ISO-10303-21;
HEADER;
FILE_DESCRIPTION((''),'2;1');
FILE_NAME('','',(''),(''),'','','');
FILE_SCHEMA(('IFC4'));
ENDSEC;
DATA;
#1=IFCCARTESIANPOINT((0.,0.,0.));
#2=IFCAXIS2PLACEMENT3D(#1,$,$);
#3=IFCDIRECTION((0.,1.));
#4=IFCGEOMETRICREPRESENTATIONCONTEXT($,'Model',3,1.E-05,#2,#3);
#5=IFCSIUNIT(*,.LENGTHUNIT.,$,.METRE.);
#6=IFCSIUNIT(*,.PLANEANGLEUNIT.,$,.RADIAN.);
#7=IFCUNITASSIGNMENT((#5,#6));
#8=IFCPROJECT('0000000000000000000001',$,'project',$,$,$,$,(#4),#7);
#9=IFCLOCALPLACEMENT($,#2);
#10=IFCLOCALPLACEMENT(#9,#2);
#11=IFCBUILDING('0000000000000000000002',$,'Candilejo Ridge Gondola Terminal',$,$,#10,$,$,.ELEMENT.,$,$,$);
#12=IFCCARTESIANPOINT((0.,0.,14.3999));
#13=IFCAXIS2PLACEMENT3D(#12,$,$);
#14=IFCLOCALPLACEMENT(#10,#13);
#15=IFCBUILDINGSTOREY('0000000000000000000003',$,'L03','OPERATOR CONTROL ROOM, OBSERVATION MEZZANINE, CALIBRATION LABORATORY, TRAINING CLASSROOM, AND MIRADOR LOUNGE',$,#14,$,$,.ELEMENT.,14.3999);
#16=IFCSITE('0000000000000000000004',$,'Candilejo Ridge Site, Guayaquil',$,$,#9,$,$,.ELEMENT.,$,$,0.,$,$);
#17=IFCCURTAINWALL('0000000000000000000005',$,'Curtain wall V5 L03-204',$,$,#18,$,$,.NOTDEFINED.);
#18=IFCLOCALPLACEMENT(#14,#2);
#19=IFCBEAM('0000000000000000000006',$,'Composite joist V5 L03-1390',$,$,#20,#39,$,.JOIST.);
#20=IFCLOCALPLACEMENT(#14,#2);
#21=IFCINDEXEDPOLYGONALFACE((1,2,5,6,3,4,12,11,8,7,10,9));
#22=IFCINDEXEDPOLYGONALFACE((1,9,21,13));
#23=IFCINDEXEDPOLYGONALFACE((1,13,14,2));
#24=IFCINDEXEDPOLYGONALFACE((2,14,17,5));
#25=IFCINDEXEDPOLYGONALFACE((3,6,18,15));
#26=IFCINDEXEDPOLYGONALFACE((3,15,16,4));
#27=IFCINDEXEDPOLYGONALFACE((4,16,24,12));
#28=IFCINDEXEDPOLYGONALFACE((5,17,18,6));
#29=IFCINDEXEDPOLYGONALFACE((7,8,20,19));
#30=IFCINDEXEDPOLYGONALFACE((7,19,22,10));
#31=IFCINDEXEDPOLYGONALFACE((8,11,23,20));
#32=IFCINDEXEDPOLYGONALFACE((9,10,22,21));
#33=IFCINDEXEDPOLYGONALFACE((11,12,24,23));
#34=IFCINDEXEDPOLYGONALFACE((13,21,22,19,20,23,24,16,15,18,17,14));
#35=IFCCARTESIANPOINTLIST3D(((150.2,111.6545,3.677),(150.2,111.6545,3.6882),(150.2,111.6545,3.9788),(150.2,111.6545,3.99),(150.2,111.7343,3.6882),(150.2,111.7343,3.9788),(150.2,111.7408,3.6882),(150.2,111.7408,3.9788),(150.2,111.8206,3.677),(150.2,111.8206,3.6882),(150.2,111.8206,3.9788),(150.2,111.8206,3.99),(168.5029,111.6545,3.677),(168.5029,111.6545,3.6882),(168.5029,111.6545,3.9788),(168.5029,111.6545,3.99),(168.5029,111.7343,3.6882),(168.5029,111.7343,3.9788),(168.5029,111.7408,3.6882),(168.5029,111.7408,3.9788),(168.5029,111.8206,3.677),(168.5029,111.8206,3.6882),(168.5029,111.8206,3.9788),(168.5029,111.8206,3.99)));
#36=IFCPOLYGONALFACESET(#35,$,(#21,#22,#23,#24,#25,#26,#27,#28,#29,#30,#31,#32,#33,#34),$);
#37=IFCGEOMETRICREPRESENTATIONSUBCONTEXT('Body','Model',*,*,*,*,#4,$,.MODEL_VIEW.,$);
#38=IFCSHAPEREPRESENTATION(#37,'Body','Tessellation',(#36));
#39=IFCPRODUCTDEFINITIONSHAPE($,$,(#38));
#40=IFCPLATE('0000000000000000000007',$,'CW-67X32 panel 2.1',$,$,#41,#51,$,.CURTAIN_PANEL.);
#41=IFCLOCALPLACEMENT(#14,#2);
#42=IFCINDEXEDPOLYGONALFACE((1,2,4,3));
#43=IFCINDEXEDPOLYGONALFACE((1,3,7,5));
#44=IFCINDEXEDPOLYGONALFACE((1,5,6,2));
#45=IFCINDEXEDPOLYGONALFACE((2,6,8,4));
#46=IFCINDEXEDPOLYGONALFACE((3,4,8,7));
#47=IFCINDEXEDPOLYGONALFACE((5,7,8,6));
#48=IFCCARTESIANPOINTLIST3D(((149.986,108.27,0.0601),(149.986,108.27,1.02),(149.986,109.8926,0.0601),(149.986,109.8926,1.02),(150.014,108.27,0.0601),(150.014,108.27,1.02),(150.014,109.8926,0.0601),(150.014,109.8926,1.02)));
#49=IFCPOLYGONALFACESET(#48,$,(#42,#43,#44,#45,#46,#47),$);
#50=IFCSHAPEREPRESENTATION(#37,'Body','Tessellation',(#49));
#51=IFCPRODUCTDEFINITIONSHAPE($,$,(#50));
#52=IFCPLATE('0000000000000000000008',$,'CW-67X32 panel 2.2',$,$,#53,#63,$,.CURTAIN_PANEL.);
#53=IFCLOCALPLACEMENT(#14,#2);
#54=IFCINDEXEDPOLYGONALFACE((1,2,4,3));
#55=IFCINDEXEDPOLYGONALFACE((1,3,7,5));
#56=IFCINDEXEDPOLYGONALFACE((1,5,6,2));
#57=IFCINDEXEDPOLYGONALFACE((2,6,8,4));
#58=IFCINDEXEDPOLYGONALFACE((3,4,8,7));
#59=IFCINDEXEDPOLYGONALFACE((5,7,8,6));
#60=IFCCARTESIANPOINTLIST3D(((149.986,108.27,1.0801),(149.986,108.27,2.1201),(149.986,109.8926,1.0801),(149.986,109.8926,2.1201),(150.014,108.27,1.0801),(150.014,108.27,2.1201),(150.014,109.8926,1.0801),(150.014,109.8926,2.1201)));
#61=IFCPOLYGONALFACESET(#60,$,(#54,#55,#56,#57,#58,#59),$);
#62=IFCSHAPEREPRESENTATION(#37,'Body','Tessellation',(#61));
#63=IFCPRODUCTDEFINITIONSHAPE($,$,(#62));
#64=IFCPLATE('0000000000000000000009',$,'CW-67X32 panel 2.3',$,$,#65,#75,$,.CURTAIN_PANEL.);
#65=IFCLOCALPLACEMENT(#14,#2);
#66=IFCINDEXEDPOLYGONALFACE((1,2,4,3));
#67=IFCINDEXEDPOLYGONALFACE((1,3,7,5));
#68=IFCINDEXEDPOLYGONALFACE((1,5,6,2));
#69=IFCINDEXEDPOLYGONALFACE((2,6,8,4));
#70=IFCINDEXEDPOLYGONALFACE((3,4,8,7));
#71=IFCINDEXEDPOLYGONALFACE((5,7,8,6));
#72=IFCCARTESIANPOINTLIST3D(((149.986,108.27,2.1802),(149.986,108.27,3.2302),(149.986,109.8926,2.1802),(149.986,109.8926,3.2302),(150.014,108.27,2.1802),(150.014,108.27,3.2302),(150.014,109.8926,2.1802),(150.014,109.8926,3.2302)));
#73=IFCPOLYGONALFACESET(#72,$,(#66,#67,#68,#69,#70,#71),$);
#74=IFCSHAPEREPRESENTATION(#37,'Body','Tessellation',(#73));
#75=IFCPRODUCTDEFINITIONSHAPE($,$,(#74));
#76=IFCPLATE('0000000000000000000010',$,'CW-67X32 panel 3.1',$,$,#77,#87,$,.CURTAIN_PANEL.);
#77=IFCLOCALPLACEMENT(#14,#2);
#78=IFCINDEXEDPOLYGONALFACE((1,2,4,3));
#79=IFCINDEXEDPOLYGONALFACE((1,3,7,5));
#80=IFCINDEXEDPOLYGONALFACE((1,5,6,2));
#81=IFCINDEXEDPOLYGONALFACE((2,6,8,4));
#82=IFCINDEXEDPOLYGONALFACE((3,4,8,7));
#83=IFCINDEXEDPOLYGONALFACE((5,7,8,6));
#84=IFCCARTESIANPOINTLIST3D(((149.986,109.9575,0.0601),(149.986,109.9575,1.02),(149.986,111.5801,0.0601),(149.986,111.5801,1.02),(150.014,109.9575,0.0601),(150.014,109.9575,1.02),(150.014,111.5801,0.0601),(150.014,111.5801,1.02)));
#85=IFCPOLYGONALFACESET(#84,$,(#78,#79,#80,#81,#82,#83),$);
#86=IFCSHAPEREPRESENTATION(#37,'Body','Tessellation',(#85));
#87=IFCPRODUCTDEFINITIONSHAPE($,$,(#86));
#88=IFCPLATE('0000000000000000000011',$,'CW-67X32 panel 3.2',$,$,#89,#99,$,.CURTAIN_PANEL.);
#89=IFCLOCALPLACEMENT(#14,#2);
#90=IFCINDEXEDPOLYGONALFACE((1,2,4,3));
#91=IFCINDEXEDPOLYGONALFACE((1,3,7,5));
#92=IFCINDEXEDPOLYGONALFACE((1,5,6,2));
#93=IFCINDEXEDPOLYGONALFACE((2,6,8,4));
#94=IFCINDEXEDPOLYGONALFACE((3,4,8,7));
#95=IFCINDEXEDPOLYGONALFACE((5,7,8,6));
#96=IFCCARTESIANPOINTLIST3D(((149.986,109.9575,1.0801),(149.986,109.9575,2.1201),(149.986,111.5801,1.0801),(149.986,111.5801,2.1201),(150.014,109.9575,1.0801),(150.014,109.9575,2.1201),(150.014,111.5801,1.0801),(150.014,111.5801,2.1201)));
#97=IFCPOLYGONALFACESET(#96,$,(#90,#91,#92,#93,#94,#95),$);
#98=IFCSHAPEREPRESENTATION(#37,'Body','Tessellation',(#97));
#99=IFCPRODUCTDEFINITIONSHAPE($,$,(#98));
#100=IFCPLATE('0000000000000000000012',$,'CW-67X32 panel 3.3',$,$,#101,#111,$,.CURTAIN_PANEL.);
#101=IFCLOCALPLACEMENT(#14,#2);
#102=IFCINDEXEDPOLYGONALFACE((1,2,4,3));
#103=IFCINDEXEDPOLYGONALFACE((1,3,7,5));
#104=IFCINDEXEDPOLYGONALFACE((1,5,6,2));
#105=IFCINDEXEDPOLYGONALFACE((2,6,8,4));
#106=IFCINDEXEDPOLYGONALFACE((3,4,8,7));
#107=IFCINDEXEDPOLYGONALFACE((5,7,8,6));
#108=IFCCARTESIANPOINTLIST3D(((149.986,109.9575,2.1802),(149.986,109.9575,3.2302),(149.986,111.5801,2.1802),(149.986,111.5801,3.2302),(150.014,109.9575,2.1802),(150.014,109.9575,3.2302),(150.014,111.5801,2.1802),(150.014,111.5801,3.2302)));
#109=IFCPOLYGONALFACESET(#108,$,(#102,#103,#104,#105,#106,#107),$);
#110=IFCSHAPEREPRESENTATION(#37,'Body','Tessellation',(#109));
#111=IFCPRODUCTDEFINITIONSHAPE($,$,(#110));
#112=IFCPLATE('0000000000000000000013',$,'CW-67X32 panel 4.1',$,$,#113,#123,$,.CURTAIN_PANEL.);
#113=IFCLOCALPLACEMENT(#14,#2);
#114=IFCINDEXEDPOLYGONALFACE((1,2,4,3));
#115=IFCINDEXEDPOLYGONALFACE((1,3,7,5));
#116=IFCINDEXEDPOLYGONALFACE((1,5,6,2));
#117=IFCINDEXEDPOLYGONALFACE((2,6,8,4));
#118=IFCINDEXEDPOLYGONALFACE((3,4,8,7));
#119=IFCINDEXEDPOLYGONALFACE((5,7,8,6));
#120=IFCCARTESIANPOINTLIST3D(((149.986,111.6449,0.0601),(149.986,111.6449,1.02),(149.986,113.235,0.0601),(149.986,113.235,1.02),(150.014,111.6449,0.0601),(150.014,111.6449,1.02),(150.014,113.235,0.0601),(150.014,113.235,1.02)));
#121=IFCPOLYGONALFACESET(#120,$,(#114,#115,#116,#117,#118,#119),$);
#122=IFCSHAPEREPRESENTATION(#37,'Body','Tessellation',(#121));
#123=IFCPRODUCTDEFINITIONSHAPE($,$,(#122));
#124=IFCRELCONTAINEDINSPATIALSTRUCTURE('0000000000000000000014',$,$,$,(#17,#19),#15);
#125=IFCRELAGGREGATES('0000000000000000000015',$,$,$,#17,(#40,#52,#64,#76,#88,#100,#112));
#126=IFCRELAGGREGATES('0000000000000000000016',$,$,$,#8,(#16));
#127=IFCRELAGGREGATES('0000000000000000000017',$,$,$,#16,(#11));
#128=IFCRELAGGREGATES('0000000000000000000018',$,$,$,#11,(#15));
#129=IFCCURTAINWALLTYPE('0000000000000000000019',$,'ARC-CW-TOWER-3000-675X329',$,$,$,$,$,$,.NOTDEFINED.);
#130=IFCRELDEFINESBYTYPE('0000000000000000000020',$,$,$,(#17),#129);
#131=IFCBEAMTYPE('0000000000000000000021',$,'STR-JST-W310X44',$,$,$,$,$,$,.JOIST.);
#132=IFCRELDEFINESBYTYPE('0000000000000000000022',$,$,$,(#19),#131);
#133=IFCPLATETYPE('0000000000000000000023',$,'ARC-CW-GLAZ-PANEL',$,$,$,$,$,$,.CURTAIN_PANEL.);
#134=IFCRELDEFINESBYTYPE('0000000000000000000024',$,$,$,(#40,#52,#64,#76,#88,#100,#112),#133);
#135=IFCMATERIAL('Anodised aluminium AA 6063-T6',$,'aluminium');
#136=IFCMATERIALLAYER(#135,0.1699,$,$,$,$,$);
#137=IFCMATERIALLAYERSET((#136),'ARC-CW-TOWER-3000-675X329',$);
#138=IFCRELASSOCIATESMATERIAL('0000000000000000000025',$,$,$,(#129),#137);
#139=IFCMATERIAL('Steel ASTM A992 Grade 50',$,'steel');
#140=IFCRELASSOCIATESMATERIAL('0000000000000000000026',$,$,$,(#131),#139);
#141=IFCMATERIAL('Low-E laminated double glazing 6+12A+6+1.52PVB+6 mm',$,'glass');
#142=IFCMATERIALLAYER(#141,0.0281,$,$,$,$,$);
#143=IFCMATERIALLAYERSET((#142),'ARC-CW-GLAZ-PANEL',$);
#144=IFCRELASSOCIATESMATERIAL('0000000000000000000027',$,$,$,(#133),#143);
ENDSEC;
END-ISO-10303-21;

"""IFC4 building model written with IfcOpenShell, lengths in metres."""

from ifc_helpers import new_model, si_unit, direction, frame, origin, origin_2d, place, context, subcontext, project, spatial, rectangle, i_section, extrude, material, layer, layer_set, material_profile, profile_set, type_object, element, aggregate, save


model = new_model("IFC4")

# Units and contexts
model_context = context("Model", 3, precision=1e-05, world=origin(), true_north=direction((0.0, 1.0)))
body_context = subcontext(model_context, "Body", "Model", "MODEL_VIEW")
ifc_project = project(units=[si_unit("LENGTHUNIT", "METRE"), si_unit("PLANEANGLEUNIT", "RADIAN")], contexts=[model_context])

# Site, building, storey
site_placement = place(None, origin())
site = spatial("IfcSite", under=ifc_project, at=site_placement, Name="Candilejo Ridge Site, Guayaquil", CompositionType="ELEMENT", RefElevation=0.0)
building_placement = place(site_placement, origin())
building = spatial("IfcBuilding", under=site, at=building_placement, Name="Candilejo Ridge Gondola Terminal", CompositionType="ELEMENT")
storey_placement = place(building_placement, frame((0.0, 0.0, 14.3999)))
storey = spatial("IfcBuildingStorey", under=building, at=storey_placement, Name="L03", Description="OPERATOR CONTROL ROOM, OBSERVATION MEZZANINE, CALIBRATION LABORATORY, TRAINING CLASSROOM, AND MIRADOR LOUNGE", CompositionType="ELEMENT", Elevation=14.3999)

# Curtain wall
ifc_material_1 = material(Name="Anodised aluminium AA 6063-T6", Category="aluminium")
ifc_layer_1 = layer(ifc_material_1, 0.1699)
ifc_layer_set_1 = layer_set([ifc_layer_1], Name="ARC-CW-TOWER-3000-675X329")
curtain_wall_type = type_object("IfcCurtainWallType", Name="ARC-CW-TOWER-3000-675X329", PredefinedType="NOTDEFINED", material=ifc_layer_set_1)
curtain_wall_placement = place(storey_placement, origin())
curtain_wall = element("IfcCurtainWall", 1, at=curtain_wall_placement, inside=storey, type_object=curtain_wall_type, Name="Curtain wall V5 L03-204", PredefinedType="NOTDEFINED")

# Beam
ifc_material_2 = material(Name="Steel ASTM A992 Grade 50", Category="steel")
ifc_material_profile_1 = material_profile(ifc_material_2, i_section(OverallWidth=0.166, OverallDepth=0.313, WebThickness=0.0066, FlangeThickness=0.0112, at=origin_2d()))
ifc_profile_set_1 = profile_set([ifc_material_profile_1], Name="Steel ASTM A992 Grade 50")
beam_type = type_object("IfcBeamType", Name="STR-JST-W310X44", PredefinedType="JOIST", material=ifc_profile_set_1)
for number, where, z_axis, x_axis, name in (
    (2, (150.2, 111.7375, 3.8335), (1.0, 0.0, 0.0), (0.0, 1.0, 0.0), "Composite joist V5 L03-1390"),
):
    element("IfcBeam", number, at=place(storey_placement, frame(where, z_axis=z_axis, x_axis=x_axis)), inside=storey, type_object=beam_type, Name=name, PredefinedType="JOIST", context=body_context, shape_type="SweptSolid", body=[
        extrude(i_section(OverallWidth=0.166, OverallDepth=0.313, WebThickness=0.0066, FlangeThickness=0.0112, at=origin_2d()), origin(), (0.0, 0.0, 1.0), 18.303),
    ])

# Plates
ifc_material_3 = material(Name="Low-E laminated double glazing 6+12A+6+1.52PVB+6 mm", Category="glass")
ifc_layer_2 = layer(ifc_material_3, 0.0281)
ifc_layer_set_2 = layer_set([ifc_layer_2], Name="ARC-CW-GLAZ-PANEL")
plate_type = type_object("IfcPlateType", Name="ARC-CW-GLAZ-PANEL", PredefinedType="CURTAIN_PANEL", material=ifc_layer_set_2)
plate_1_placement = place(storey_placement, frame((150.0, 109.0813, 0.0601), z_axis=(0.0, 0.0, 1.0), x_axis=(0.0, 1.0, 0.0)))
plate_1 = element("IfcPlate", 3, at=plate_1_placement, type_object=plate_type, Name="CW-67X32 panel 2.1", PredefinedType="CURTAIN_PANEL", context=body_context, shape_type="SweptSolid", body=[
    extrude(rectangle(XDim=1.6226, YDim=0.0281, at=origin_2d()), origin(), (0.0, 0.0, 1.0), 0.96),
])
plate_2_placement = place(storey_placement, frame((150.0, 109.0813, 1.0801), z_axis=(0.0, 0.0, 1.0), x_axis=(0.0, 1.0, 0.0)))
plate_2 = element("IfcPlate", 4, at=plate_2_placement, type_object=plate_type, Name="CW-67X32 panel 2.2", PredefinedType="CURTAIN_PANEL", context=body_context, shape_type="SweptSolid", body=[
    extrude(rectangle(XDim=1.6226, YDim=0.0281, at=origin_2d()), origin(), (0.0, 0.0, 1.0), 1.04),
])
plate_3_placement = place(storey_placement, frame((150.0, 109.0813, 2.1802), z_axis=(0.0, 0.0, 1.0), x_axis=(0.0, 1.0, 0.0)))
plate_3 = element("IfcPlate", 5, at=plate_3_placement, type_object=plate_type, Name="CW-67X32 panel 2.3", PredefinedType="CURTAIN_PANEL", context=body_context, shape_type="SweptSolid", body=[
    extrude(rectangle(XDim=1.6226, YDim=0.0281, at=origin_2d()), origin(), (0.0, 0.0, 1.0), 1.05),
])
plate_4_placement = place(storey_placement, frame((150.0, 110.7688, 0.0601), z_axis=(0.0, 0.0, 1.0), x_axis=(0.0, 1.0, 0.0)))
plate_4 = element("IfcPlate", 6, at=plate_4_placement, type_object=plate_type, Name="CW-67X32 panel 3.1", PredefinedType="CURTAIN_PANEL", context=body_context, shape_type="SweptSolid", body=[
    extrude(rectangle(XDim=1.6226, YDim=0.0281, at=origin_2d()), origin(), (0.0, 0.0, 1.0), 0.96),
])
plate_5_placement = place(storey_placement, frame((150.0, 110.7688, 1.0801), z_axis=(0.0, 0.0, 1.0), x_axis=(0.0, 1.0, 0.0)))
plate_5 = element("IfcPlate", 7, at=plate_5_placement, type_object=plate_type, Name="CW-67X32 panel 3.2", PredefinedType="CURTAIN_PANEL", context=body_context, shape_type="SweptSolid", body=[
    extrude(rectangle(XDim=1.6226, YDim=0.0281, at=origin_2d()), origin(), (0.0, 0.0, 1.0), 1.04),
])
plate_6_placement = place(storey_placement, frame((150.0, 110.7688, 2.1802), z_axis=(0.0, 0.0, 1.0), x_axis=(0.0, 1.0, 0.0)))
plate_6 = element("IfcPlate", 8, at=plate_6_placement, type_object=plate_type, Name="CW-67X32 panel 3.3", PredefinedType="CURTAIN_PANEL", context=body_context, shape_type="SweptSolid", body=[
    extrude(rectangle(XDim=1.6226, YDim=0.0281, at=origin_2d()), origin(), (0.0, 0.0, 1.0), 1.05),
])
plate_7_placement = place(storey_placement, frame((150.0, 112.4399, 0.0601), z_axis=(0.0, 0.0, 1.0), x_axis=(0.0, 1.0, 0.0)))
plate_7 = element("IfcPlate", 9, at=plate_7_placement, type_object=plate_type, Name="CW-67X32 panel 4.1", PredefinedType="CURTAIN_PANEL", context=body_context, shape_type="SweptSolid", body=[
    extrude(rectangle(XDim=1.5901, YDim=0.0281, at=origin_2d()), origin(), (0.0, 0.0, 1.0), 0.96),
])
aggregate(curtain_wall, [plate_1, plate_2, plate_3, plate_4, plate_5, plate_6, plate_7])

save(model, "model.ifc")
